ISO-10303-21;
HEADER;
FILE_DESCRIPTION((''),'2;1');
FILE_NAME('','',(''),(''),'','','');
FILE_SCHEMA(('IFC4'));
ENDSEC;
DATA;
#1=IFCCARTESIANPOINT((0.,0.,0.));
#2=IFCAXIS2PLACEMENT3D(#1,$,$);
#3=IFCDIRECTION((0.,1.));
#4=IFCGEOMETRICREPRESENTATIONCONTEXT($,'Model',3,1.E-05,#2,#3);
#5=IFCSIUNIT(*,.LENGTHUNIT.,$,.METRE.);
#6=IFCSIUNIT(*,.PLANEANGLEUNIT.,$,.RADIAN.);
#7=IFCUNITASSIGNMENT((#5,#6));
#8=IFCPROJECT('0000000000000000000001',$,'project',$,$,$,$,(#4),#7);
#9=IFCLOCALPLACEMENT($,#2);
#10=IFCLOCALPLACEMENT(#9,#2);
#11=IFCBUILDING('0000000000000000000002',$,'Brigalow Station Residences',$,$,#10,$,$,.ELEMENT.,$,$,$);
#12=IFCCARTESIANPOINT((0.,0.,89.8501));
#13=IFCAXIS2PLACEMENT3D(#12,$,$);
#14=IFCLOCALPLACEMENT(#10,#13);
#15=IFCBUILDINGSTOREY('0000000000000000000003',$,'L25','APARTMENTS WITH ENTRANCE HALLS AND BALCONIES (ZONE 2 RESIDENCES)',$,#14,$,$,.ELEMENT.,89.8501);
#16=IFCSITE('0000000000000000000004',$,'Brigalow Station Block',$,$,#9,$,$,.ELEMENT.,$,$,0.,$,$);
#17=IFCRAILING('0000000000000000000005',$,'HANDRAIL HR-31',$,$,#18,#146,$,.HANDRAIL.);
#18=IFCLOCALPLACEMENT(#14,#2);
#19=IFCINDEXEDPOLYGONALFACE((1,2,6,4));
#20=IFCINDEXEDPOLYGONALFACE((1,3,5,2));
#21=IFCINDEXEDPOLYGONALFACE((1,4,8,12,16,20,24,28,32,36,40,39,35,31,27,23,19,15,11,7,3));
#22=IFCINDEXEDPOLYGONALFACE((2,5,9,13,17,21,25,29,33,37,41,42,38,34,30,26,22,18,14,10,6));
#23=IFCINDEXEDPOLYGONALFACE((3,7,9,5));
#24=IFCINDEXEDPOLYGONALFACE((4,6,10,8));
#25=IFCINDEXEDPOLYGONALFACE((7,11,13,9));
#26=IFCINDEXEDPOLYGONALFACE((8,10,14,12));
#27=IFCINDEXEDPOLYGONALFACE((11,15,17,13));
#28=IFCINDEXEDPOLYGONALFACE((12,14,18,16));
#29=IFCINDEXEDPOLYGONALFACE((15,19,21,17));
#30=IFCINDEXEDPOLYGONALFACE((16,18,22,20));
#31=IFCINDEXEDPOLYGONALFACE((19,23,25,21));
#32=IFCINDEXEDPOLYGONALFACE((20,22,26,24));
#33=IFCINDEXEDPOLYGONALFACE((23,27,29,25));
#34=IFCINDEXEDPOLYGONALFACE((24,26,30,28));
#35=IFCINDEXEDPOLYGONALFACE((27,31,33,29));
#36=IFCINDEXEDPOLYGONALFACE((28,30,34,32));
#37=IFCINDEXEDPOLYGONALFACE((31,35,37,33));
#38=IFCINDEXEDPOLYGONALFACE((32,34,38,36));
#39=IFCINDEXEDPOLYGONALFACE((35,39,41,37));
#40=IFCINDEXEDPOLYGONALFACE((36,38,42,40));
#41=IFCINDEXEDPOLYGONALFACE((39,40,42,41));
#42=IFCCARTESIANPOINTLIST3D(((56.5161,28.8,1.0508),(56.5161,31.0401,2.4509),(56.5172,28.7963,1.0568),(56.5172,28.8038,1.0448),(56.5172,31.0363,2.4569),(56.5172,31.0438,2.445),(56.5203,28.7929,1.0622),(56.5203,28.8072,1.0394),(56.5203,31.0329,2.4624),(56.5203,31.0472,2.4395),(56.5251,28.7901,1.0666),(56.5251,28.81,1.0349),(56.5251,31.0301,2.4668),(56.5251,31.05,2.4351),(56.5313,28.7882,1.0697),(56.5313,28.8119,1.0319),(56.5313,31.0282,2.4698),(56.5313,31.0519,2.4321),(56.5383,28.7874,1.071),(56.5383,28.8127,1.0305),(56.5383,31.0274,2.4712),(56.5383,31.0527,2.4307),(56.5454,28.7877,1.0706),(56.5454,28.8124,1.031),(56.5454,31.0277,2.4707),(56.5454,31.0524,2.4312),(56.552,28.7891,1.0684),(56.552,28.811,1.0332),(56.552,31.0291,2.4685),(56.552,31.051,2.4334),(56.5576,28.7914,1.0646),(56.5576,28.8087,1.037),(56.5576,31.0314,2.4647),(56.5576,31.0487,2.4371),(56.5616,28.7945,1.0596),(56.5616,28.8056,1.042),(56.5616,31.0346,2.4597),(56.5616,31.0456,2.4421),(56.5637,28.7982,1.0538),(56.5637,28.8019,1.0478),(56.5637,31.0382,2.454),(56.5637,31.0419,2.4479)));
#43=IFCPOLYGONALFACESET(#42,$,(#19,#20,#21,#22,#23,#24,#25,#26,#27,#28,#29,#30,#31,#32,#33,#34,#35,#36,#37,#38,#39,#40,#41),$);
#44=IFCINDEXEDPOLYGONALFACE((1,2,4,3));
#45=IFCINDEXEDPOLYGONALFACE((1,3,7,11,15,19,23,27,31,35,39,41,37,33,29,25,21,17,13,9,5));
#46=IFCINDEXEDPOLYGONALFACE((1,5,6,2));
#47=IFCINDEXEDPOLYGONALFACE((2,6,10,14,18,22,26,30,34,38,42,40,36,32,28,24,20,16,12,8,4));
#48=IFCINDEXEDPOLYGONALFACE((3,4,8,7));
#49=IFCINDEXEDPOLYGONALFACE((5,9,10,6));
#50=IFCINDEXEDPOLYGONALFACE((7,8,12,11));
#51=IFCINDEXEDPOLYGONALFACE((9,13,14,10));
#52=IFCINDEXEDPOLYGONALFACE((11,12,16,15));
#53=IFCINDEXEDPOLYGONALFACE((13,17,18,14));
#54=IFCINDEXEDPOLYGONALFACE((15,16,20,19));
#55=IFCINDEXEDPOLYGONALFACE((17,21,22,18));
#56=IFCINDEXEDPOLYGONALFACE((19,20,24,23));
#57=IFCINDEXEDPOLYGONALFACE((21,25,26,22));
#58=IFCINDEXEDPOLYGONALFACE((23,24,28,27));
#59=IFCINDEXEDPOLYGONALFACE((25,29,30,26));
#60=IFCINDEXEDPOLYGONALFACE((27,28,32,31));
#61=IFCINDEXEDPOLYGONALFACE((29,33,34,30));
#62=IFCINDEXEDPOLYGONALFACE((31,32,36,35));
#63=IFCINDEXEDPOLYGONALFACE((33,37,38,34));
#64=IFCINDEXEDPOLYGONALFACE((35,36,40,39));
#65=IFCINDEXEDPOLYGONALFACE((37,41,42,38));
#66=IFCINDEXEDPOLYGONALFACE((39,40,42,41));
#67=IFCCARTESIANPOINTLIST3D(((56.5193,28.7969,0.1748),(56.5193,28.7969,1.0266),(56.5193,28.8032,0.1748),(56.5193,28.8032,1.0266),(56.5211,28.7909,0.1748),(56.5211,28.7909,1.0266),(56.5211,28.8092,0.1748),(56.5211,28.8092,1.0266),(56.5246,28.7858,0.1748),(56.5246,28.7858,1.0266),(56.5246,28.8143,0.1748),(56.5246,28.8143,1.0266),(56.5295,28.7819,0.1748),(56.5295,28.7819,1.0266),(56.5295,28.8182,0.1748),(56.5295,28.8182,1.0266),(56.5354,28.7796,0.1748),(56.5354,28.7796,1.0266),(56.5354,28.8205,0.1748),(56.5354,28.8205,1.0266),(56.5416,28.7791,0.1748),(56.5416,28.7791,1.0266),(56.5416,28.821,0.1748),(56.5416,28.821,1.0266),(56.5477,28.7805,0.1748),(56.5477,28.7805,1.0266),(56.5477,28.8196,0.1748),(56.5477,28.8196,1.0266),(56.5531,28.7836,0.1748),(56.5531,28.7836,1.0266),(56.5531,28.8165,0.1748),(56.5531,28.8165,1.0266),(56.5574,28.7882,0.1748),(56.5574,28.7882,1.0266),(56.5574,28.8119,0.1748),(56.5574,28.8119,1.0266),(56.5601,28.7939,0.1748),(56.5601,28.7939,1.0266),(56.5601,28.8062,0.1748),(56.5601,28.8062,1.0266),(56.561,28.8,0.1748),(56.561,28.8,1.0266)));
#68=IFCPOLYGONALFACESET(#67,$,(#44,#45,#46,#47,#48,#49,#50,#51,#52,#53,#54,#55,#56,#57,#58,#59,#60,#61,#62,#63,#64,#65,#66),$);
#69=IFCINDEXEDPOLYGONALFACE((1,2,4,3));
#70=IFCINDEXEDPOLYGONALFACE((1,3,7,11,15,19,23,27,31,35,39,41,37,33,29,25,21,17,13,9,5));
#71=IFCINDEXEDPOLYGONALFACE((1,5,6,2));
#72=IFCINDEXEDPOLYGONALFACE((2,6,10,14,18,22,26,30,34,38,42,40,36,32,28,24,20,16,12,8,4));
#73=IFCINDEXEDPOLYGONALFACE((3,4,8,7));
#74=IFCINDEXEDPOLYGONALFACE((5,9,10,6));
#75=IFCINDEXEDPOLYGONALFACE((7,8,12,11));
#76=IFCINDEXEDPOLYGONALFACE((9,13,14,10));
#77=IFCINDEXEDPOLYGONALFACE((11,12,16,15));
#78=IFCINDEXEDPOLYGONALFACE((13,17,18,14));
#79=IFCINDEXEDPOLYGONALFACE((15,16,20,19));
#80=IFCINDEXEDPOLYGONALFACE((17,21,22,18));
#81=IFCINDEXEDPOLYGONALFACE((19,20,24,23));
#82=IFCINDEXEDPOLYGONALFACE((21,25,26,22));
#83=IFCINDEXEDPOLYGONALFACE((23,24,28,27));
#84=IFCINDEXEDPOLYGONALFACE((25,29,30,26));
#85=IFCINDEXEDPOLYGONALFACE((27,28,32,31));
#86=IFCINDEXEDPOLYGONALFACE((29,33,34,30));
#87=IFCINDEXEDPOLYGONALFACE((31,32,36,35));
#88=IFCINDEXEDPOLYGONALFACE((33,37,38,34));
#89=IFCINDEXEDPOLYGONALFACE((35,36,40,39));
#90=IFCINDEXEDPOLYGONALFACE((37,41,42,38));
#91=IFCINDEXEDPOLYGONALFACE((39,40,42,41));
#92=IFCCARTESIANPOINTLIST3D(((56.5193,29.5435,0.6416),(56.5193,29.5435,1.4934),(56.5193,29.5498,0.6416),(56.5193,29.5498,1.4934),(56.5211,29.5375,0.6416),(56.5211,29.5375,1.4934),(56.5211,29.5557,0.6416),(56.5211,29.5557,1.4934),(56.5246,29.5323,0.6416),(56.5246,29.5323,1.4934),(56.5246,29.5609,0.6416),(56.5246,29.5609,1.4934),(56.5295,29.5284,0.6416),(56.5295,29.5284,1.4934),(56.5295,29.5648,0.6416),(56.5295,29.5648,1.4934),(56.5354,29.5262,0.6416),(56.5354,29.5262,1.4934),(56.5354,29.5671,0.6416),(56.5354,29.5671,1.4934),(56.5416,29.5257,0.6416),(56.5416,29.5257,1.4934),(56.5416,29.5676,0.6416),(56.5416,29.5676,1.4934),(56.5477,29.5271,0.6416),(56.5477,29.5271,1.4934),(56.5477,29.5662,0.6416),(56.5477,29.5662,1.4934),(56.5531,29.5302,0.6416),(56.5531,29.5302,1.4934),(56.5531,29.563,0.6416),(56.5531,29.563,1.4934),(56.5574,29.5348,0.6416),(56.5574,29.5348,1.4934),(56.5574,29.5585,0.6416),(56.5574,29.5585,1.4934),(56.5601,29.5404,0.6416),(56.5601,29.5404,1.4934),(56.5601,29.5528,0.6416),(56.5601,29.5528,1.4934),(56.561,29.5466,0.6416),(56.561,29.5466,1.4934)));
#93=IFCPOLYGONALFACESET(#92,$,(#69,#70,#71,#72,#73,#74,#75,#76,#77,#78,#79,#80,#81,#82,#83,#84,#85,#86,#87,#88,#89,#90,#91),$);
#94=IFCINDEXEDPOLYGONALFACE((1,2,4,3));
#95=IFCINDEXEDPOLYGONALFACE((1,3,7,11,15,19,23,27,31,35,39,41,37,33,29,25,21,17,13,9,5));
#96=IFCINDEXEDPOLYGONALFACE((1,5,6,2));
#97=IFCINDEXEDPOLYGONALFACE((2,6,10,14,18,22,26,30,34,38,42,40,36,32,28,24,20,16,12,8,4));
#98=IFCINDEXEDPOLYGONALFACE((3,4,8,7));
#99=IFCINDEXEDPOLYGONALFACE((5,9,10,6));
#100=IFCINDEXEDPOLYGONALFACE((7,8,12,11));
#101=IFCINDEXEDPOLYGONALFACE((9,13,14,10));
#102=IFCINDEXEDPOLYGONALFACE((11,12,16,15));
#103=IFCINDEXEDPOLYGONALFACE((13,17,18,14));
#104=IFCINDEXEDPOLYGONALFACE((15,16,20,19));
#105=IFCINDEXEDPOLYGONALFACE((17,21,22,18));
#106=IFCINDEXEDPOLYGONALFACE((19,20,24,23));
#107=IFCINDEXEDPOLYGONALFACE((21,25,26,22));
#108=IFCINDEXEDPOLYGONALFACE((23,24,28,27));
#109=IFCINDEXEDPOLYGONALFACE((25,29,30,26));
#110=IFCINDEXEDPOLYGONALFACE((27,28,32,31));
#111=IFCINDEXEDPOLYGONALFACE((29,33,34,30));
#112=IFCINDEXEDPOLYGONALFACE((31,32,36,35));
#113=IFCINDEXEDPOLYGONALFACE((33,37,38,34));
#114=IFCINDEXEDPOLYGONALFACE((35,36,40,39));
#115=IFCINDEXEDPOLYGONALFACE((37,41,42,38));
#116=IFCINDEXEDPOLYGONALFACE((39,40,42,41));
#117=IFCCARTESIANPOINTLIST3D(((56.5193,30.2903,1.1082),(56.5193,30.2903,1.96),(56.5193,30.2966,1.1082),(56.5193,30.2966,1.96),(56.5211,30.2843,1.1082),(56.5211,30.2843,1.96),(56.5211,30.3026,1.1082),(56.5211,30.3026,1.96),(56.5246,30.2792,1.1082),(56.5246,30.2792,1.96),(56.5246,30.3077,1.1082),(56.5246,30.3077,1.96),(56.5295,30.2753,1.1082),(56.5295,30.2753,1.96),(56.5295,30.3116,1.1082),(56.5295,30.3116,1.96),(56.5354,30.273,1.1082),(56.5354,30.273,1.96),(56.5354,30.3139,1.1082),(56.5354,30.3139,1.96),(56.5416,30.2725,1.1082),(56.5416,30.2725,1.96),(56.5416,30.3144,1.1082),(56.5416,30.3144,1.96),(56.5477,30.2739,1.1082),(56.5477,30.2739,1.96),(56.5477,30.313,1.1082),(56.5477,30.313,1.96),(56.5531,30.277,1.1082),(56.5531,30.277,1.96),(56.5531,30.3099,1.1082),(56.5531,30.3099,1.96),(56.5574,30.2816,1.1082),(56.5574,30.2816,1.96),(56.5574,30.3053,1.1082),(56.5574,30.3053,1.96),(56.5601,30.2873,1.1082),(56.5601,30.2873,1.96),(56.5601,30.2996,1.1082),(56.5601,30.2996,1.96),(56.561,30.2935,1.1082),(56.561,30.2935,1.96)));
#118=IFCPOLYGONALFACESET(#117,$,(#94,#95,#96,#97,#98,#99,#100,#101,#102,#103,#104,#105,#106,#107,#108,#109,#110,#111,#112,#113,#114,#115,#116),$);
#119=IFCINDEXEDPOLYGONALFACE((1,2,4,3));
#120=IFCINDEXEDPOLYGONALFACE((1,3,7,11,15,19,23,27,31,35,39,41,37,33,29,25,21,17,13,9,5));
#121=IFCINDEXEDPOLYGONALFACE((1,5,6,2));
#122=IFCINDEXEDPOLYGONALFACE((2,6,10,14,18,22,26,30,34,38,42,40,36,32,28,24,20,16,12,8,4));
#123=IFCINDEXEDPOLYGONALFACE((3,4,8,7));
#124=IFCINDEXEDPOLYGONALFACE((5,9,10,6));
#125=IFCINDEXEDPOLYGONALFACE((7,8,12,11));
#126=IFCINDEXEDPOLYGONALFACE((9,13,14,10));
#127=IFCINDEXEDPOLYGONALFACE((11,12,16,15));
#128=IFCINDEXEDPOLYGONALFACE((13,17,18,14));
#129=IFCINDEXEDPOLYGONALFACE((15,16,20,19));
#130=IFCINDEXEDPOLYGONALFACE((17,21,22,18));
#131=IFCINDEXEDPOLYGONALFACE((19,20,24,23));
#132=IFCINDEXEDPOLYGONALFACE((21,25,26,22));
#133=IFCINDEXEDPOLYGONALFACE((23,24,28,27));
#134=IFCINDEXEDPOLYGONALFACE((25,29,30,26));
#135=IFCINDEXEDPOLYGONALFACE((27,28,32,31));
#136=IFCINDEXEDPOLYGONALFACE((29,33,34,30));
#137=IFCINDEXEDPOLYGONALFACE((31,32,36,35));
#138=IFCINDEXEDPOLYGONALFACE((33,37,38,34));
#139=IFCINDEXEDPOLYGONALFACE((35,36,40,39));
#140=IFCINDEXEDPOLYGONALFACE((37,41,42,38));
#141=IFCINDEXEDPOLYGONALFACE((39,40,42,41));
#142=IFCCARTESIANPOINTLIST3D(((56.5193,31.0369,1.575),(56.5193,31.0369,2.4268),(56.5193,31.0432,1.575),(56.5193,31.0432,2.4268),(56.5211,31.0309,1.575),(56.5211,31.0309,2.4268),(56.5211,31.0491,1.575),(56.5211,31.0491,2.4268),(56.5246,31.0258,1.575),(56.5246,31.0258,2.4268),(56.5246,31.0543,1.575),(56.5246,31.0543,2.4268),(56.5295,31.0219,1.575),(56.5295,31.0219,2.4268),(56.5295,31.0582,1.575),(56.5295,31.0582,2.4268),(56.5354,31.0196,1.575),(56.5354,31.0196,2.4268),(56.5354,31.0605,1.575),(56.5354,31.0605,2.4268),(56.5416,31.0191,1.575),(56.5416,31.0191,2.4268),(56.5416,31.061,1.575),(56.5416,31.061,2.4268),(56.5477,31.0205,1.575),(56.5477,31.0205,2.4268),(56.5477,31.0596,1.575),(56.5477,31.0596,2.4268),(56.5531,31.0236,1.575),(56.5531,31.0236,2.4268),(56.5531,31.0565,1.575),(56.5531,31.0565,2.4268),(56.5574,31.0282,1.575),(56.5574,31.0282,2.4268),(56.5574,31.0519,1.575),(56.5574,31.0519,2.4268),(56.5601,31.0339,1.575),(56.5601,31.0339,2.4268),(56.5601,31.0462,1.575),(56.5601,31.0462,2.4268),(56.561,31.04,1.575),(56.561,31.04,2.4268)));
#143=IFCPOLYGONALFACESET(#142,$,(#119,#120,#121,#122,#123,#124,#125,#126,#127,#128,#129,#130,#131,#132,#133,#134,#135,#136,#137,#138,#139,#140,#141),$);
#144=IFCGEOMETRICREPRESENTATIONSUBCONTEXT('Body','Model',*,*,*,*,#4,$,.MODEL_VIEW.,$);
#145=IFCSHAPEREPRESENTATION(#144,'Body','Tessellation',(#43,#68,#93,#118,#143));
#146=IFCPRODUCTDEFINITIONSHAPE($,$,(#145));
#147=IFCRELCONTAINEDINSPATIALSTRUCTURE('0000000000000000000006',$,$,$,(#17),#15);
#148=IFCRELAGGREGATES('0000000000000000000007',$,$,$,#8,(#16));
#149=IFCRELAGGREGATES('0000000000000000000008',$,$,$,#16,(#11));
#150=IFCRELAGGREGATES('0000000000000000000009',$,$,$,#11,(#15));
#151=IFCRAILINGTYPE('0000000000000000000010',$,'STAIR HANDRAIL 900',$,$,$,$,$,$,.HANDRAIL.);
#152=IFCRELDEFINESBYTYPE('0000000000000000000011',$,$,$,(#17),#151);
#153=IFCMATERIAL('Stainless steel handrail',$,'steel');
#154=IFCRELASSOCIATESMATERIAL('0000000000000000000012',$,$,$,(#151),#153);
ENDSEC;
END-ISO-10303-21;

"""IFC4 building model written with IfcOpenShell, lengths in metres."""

from ifc_helpers import new_model, si_unit, direction, frame, origin, origin_2d, place, context, subcontext, project, spatial, circle, extrude, material, type_object, element, save


model = new_model("IFC4")

# Units and contexts
model_context = context("Model", 3, precision=1e-05, world=origin(), true_north=direction((0.0, 1.0)))
body_context = subcontext(model_context, "Body", "Model", "MODEL_VIEW")
ifc_project = project(units=[si_unit("LENGTHUNIT", "METRE"), si_unit("PLANEANGLEUNIT", "RADIAN")], contexts=[model_context])

# Site, building, storey
site_placement = place(None, origin())
site = spatial("IfcSite", under=ifc_project, at=site_placement, Name="Brigalow Station Block", CompositionType="ELEMENT", RefElevation=0.0)
building_placement = place(site_placement, origin())
building = spatial("IfcBuilding", under=site, at=building_placement, Name="Brigalow Station Residences", CompositionType="ELEMENT")
storey_placement = place(building_placement, frame((0.0, 0.0, 89.8501)))
storey = spatial("IfcBuildingStorey", under=building, at=storey_placement, Name="L25", Description="APARTMENTS WITH ENTRANCE HALLS AND BALCONIES (ZONE 2 RESIDENCES)", CompositionType="ELEMENT", Elevation=89.8501)

# Railing
ifc_material_1 = material(Name="Stainless steel handrail", Category="steel")
railing_type_1 = type_object("IfcRailingType", Name="STAIR HANDRAIL 900", PredefinedType="HANDRAIL", material=ifc_material_1)
railing_1_placement = place(storey_placement, frame((56.54, 28.8, 0.1748)))
element("IfcRailing", 1, at=railing_1_placement, inside=storey, type_object=railing_type_1, Name="HANDRAIL HR-31", PredefinedType="HANDRAIL", context=body_context, shape_type="SweptSolid", body=[
    extrude(circle(Radius=0.0239, at=origin_2d()), frame((0.0, 0.0, 0.876), z_axis=(0.0, 0.847972, 0.53004), x_axis=(-1.0, 0.0, 0.0)), (0.0, 0.0, 1.0), 2.6416),
    extrude(circle(Radius=0.021, at=origin_2d()), origin(), (0.0, 0.0, 1.0), 0.8518),
    extrude(circle(Radius=0.021, at=origin_2d()), frame((0.0, 0.7466, 0.4668)), (0.0, 0.0, 1.0), 0.8518),
    extrude(circle(Radius=0.021, at=origin_2d()), frame((0.0, 1.4934, 0.9333)), (0.0, 0.0, 1.0), 0.8518),
    extrude(circle(Radius=0.021, at=origin_2d()), frame((0.0, 2.24, 1.4001)), (0.0, 0.0, 1.0), 0.8518),
])

save(model, "model.ifc")
